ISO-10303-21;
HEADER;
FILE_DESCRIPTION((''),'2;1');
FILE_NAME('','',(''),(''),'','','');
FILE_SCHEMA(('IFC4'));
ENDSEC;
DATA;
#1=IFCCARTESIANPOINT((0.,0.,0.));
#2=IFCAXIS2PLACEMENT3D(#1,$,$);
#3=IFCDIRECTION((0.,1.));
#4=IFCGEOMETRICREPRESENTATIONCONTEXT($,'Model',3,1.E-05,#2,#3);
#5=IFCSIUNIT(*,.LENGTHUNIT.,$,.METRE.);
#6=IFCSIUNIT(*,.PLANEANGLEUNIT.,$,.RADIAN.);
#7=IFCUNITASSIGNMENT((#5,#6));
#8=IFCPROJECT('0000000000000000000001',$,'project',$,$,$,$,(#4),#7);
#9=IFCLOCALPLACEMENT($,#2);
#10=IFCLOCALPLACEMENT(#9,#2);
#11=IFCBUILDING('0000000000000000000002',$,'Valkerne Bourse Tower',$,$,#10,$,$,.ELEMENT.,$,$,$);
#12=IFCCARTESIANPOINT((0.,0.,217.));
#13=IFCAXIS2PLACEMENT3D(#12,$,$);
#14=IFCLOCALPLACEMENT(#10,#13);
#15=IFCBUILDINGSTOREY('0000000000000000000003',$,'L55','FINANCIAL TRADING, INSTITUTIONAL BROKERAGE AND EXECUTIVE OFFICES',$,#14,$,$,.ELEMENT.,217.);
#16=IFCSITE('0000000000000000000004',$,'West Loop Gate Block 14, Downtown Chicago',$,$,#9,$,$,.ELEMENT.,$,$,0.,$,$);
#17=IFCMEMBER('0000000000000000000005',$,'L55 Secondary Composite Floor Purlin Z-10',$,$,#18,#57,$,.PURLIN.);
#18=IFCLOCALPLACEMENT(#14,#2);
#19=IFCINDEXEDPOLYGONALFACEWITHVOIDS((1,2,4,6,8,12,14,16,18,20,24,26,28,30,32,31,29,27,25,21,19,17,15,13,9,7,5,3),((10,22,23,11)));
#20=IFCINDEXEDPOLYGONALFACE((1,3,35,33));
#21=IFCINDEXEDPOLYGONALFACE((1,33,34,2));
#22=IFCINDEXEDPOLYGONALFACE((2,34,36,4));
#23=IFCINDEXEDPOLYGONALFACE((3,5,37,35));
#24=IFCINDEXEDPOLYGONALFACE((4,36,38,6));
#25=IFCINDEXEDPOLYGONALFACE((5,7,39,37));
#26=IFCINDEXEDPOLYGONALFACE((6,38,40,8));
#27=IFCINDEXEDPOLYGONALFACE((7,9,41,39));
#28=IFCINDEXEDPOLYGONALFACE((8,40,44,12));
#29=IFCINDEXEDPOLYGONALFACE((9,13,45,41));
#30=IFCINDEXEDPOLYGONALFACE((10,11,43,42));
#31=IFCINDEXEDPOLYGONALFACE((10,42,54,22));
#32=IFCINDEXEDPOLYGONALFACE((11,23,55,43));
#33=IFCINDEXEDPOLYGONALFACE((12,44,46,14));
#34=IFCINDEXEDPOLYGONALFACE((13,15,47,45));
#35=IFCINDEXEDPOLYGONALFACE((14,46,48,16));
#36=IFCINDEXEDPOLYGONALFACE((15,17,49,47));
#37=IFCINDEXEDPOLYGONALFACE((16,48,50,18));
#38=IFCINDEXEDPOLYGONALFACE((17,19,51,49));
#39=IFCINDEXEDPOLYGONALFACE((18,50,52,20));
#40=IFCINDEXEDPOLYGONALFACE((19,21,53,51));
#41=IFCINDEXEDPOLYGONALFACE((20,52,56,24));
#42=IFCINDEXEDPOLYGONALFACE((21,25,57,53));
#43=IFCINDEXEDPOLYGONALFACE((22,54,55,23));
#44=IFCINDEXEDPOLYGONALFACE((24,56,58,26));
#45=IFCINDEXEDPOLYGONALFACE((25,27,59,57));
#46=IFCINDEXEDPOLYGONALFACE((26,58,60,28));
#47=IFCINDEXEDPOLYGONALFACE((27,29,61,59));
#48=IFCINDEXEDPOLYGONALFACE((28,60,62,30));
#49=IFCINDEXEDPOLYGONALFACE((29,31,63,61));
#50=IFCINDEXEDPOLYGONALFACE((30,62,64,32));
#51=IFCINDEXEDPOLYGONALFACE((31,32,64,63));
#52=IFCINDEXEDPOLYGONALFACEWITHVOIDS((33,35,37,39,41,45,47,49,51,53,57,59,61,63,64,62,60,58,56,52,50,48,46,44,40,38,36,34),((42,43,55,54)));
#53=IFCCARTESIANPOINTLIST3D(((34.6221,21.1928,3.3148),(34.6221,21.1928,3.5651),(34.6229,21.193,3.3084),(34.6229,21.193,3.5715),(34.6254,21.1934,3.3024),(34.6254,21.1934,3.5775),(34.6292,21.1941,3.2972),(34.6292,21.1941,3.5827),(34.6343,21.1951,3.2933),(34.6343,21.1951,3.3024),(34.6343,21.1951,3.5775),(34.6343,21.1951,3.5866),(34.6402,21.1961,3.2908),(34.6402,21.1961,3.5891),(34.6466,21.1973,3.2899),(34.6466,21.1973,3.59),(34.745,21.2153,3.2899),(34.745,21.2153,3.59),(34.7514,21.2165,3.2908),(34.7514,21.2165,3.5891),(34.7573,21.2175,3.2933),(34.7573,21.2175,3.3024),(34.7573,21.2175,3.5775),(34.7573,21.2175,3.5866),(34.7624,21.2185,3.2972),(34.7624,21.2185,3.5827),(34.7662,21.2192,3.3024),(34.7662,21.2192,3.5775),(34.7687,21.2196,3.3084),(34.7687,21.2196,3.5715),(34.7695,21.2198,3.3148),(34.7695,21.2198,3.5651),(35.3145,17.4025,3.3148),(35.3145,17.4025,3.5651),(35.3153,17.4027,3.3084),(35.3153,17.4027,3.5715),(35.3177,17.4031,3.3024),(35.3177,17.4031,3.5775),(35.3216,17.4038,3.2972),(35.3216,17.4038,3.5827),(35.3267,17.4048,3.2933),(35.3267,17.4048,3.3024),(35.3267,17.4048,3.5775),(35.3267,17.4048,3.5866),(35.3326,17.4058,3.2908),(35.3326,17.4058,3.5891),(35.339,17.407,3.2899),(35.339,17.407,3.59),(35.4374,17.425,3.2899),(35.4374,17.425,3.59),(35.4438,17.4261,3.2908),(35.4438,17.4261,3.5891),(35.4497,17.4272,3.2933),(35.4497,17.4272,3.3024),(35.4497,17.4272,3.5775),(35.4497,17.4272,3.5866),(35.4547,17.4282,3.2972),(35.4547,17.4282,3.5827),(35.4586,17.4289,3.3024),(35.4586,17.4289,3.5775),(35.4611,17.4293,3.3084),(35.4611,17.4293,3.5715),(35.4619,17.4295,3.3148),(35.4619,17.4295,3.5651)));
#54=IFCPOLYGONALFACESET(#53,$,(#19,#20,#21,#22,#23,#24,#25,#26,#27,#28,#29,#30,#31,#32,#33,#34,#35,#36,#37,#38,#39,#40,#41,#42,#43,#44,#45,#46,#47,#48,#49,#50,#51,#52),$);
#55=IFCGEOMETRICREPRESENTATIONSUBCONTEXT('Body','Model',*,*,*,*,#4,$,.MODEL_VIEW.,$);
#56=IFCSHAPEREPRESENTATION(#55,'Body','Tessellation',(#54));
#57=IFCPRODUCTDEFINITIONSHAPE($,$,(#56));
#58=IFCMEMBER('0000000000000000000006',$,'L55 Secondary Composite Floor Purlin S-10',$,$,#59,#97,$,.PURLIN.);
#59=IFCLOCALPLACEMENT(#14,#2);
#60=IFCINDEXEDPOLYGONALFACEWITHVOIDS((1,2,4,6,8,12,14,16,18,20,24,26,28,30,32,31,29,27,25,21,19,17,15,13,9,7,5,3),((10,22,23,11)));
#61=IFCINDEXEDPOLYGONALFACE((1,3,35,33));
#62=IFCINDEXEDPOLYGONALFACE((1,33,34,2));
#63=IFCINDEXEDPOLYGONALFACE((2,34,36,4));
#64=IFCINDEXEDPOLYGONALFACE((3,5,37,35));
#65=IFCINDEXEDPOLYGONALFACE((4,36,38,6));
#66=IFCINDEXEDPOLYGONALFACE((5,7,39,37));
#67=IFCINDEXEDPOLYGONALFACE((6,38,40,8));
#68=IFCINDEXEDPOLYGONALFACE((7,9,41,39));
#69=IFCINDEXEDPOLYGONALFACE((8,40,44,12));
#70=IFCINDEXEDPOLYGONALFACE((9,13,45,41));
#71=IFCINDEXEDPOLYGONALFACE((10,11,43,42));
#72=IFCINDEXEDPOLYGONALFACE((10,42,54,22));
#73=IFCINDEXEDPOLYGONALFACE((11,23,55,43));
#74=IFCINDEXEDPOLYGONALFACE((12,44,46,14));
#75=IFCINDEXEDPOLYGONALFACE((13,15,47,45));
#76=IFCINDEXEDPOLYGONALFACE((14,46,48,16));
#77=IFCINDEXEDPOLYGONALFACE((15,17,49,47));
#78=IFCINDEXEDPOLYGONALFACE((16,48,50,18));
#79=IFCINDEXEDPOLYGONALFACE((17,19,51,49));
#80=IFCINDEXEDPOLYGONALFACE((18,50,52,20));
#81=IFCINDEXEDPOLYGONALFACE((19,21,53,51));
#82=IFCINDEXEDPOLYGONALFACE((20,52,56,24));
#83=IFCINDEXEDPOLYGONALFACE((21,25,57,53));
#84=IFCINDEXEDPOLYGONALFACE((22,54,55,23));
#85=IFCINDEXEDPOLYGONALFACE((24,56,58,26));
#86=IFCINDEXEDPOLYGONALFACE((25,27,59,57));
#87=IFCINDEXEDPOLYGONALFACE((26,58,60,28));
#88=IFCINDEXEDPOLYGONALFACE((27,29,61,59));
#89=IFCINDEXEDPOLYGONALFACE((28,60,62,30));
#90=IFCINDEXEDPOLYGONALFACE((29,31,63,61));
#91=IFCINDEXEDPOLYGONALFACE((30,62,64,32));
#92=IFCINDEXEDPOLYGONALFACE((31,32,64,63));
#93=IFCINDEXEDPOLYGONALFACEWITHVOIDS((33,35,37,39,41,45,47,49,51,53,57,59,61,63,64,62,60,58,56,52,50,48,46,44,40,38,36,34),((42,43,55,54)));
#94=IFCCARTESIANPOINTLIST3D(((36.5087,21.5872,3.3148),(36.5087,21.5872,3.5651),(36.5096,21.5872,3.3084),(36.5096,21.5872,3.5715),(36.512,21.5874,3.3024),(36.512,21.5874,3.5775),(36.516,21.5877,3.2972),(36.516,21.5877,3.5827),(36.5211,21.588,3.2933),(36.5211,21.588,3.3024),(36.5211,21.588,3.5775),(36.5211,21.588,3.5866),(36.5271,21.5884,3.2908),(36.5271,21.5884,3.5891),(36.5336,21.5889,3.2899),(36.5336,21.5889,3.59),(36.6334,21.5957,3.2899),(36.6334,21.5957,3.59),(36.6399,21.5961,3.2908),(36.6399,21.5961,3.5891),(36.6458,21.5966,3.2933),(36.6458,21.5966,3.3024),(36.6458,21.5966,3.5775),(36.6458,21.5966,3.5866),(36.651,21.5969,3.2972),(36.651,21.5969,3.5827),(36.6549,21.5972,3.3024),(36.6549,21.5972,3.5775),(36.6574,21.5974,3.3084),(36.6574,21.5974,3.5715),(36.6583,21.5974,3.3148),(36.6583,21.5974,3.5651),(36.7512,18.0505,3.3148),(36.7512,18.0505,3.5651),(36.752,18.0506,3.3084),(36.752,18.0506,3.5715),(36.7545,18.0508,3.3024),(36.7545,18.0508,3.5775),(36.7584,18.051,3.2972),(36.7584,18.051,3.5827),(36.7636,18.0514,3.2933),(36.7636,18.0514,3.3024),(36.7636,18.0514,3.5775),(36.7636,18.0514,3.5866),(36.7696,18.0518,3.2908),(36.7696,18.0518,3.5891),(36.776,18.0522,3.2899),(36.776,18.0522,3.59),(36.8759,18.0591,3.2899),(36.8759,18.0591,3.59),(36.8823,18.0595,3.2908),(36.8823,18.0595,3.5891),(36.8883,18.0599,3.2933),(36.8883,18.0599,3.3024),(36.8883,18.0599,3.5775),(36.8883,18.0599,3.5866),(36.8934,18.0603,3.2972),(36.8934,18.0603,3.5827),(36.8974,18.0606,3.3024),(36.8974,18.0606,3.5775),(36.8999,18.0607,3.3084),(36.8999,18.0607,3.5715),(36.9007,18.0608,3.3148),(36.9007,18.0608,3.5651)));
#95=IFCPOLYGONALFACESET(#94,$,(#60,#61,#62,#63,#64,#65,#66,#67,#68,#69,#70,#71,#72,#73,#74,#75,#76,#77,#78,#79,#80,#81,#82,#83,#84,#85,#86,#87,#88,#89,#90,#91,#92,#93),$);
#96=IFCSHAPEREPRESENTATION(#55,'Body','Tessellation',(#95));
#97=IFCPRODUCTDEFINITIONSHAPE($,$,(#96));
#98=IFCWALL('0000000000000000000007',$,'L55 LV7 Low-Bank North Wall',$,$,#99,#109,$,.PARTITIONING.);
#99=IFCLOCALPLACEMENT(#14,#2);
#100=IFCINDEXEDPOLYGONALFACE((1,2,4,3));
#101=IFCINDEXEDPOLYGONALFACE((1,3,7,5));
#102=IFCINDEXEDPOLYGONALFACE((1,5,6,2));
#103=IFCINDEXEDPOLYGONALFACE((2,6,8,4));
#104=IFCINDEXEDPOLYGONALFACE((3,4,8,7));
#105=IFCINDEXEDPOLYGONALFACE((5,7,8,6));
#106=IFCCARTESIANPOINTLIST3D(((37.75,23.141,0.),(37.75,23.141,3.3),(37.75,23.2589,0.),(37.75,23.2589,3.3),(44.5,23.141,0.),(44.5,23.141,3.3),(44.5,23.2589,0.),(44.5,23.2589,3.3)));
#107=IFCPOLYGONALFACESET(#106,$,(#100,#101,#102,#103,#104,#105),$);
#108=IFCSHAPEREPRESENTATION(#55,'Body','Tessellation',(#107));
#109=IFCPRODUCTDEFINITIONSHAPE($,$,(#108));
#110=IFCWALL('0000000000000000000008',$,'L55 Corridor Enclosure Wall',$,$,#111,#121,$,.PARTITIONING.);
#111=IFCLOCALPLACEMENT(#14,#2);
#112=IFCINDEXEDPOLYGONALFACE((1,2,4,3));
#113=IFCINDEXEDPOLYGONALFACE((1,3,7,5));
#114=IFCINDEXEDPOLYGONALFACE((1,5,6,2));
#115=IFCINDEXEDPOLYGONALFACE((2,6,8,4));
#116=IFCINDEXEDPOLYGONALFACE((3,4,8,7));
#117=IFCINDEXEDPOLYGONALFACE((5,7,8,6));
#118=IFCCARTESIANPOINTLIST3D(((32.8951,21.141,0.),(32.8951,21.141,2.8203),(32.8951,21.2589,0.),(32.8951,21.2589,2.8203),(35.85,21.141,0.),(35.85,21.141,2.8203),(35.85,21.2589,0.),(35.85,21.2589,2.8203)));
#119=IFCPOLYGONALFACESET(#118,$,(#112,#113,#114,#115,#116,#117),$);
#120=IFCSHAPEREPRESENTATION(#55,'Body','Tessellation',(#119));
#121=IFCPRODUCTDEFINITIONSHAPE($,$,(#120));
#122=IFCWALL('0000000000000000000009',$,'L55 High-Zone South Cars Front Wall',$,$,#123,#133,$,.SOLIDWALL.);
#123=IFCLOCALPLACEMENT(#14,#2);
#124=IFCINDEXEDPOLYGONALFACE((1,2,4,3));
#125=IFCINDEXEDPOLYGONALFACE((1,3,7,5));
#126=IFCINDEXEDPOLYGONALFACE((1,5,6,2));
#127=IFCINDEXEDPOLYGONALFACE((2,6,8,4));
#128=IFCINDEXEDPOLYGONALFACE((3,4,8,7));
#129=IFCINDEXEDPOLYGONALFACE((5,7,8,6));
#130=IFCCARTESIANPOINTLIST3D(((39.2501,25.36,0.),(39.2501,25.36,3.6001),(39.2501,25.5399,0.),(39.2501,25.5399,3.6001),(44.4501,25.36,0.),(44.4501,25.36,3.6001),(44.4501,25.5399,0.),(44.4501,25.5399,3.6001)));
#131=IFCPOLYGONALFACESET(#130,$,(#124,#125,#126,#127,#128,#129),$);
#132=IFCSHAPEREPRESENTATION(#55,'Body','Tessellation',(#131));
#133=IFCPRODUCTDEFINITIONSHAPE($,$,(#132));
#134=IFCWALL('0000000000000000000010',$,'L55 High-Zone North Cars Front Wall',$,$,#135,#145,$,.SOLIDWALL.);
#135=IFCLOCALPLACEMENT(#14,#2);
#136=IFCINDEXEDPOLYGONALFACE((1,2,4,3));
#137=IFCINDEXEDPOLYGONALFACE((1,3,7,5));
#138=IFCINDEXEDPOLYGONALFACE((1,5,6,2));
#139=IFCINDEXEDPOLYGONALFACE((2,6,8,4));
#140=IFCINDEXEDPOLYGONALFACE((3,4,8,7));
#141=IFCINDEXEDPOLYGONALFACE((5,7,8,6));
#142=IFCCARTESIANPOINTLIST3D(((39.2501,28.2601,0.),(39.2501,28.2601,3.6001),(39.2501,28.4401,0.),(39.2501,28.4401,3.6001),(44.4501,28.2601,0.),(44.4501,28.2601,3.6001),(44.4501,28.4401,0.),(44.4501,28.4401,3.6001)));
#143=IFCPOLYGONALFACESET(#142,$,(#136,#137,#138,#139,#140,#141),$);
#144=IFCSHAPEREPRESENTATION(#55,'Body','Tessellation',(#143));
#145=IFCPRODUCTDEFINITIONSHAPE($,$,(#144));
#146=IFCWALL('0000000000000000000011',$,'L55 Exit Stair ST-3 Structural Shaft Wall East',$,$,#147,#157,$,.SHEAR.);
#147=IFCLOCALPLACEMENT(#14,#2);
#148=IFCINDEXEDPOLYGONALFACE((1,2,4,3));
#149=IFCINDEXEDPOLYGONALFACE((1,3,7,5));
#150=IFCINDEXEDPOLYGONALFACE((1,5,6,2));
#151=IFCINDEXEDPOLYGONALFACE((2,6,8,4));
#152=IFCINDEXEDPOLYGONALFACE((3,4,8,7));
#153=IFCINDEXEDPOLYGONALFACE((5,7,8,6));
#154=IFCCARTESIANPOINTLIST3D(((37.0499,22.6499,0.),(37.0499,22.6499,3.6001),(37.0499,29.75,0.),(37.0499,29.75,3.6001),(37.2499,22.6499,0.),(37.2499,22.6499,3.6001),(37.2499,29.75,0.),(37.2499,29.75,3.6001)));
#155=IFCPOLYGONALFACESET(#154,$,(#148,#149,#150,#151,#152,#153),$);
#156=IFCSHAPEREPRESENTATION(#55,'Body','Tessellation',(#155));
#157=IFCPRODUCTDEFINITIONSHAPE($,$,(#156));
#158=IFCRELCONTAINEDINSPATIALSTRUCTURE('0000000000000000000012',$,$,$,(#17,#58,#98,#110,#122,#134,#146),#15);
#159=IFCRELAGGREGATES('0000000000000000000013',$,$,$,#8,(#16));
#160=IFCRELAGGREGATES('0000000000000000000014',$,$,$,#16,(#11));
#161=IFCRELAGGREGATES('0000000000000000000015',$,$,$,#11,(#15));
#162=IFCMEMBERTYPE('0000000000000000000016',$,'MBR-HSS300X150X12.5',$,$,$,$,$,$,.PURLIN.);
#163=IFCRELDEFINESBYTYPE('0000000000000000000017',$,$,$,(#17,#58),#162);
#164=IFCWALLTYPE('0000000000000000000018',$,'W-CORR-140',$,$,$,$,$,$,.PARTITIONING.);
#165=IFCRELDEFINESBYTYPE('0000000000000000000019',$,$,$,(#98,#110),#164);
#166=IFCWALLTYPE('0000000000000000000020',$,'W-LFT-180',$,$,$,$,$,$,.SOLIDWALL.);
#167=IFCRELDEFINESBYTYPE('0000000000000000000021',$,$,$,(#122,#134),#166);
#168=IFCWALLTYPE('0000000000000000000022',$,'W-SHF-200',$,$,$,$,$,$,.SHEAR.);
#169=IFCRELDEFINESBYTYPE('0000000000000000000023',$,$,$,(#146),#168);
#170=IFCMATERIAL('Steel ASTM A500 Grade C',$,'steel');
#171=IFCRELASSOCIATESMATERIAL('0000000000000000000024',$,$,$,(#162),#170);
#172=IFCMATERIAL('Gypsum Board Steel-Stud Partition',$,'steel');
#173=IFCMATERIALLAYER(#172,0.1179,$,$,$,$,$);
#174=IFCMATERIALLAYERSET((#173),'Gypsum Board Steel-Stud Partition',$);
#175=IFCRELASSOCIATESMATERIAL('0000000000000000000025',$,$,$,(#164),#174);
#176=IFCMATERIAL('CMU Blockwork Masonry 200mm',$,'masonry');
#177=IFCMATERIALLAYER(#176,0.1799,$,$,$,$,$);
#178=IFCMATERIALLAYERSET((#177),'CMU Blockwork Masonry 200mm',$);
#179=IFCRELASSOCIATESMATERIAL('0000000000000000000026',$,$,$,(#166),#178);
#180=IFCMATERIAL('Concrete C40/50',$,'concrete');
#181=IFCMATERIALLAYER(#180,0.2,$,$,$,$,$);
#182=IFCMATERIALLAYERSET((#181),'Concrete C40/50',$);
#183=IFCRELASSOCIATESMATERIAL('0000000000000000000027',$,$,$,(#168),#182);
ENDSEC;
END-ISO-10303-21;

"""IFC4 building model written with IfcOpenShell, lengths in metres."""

from ifc_helpers import new_model, si_unit, direction, frame, frame_2d, origin, origin_2d, place, context, subcontext, project, spatial, rectangle, hollow_rectangle, extrude, material, layer, layer_set, material_profile, profile_set, type_object, element, save


model = new_model("IFC4")

# Units and contexts
model_context = context("Model", 3, precision=1e-05, world=origin(), true_north=direction((0.0, 1.0)))
body_context = subcontext(model_context, "Body", "Model", "MODEL_VIEW")
ifc_project = project(units=[si_unit("LENGTHUNIT", "METRE"), si_unit("PLANEANGLEUNIT", "RADIAN")], contexts=[model_context])

# Site, building, storey
site_placement = place(None, origin())
site = spatial("IfcSite", under=ifc_project, at=site_placement, Name="West Loop Gate Block 14, Downtown Chicago", CompositionType="ELEMENT", RefElevation=0.0)
building_placement = place(site_placement, origin())
building = spatial("IfcBuilding", under=site, at=building_placement, Name="Valkerne Bourse Tower", CompositionType="ELEMENT")
storey_placement = place(building_placement, frame((0.0, 0.0, 217.0)))
storey = spatial("IfcBuildingStorey", under=building, at=storey_placement, Name="L55", Description="FINANCIAL TRADING, INSTITUTIONAL BROKERAGE AND EXECUTIVE OFFICES", CompositionType="ELEMENT", Elevation=217.0)

# Members
ifc_material_1 = material(Name="Steel ASTM A500 Grade C", Category="steel")
ifc_material_profile_1 = material_profile(ifc_material_1, hollow_rectangle(XDim=0.1499, YDim=0.3, WallThickness=0.0125, OuterFilletRadius=0.0249, at=origin_2d()), Name="HSS300X150X12.5")
ifc_profile_set_1 = profile_set([ifc_material_profile_1], Name="Steel ASTM A500 Grade C")
member_type = type_object("IfcMemberType", Name="MBR-HSS300X150X12.5", PredefinedType="PURLIN", material=ifc_profile_set_1)
member_1_placement = place(storey_placement, frame((34.6958, 21.2063, 3.4399), z_axis=(0.179699, -0.983722, 0.0), x_axis=(0.983722, 0.179699, 0.0)))
element("IfcMember", 1, at=member_1_placement, inside=storey, type_object=member_type, Name="L55 Secondary Composite Floor Purlin Z-10", PredefinedType="PURLIN", context=body_context, shape_type="SweptSolid", body=[
    extrude(hollow_rectangle(XDim=0.1499, YDim=0.3, WallThickness=0.0125, OuterFilletRadius=0.0249, at=origin_2d()), origin(), (0.0, 0.0, 1.0), 3.853),
])
member_2_placement = place(storey_placement, frame((36.5835, 21.5923, 3.4399), z_axis=(0.068388, -0.997659, 0.0), x_axis=(0.997659, 0.068388, 0.0)))
element("IfcMember", 2, at=member_2_placement, inside=storey, type_object=member_type, Name="L55 Secondary Composite Floor Purlin S-10", PredefinedType="PURLIN", context=body_context, shape_type="SweptSolid", body=[
    extrude(hollow_rectangle(XDim=0.1499, YDim=0.3, WallThickness=0.0125, OuterFilletRadius=0.0249, at=origin_2d()), origin(), (0.0, 0.0, 1.0), 3.5449),
])

# Walls
ifc_material_2 = material(Name="Gypsum Board Steel-Stud Partition", Category="steel")
ifc_layer_1 = layer(ifc_material_2, 0.1179)
ifc_layer_set_1 = layer_set([ifc_layer_1], Name="Gypsum Board Steel-Stud Partition")
wall_type_1 = type_object("IfcWallType", Name="W-CORR-140", PredefinedType="PARTITIONING", material=ifc_layer_set_1)
wall_1_placement = place(storey_placement, frame((37.75, 23.2, 0.0), z_axis=(0.0, 0.0, 1.0), x_axis=(1.0, 0.0, 0.0)))
element("IfcWall", 3, at=wall_1_placement, inside=storey, type_object=wall_type_1, Name="L55 LV7 Low-Bank North Wall", PredefinedType="PARTITIONING", context=body_context, shape_type="SweptSolid", body=[
    extrude(rectangle(XDim=6.75, YDim=0.1179, at=frame_2d((3.375, 0.0))), origin(), (0.0, 0.0, 1.0), 3.3),
])
wall_2_placement = place(storey_placement, frame((35.8501, 21.2, 0.0), z_axis=(0.0, 0.0, 1.0), x_axis=(-1.0, 0.0, 0.0)))
element("IfcWall", 4, at=wall_2_placement, inside=storey, type_object=wall_type_1, Name="L55 Corridor Enclosure Wall", PredefinedType="PARTITIONING", context=body_context, shape_type="SweptSolid", body=[
    extrude(rectangle(XDim=2.9548, YDim=0.1179, at=frame_2d((1.4775, 0.0))), origin(), (0.0, 0.0, 1.0), 2.8203),
])
ifc_material_3 = material(Name="CMU Blockwork Masonry 200mm", Category="masonry")
ifc_layer_2 = layer(ifc_material_3, 0.1799)
ifc_layer_set_2 = layer_set([ifc_layer_2], Name="CMU Blockwork Masonry 200mm")
wall_type_2 = type_object("IfcWallType", Name="W-LFT-180", PredefinedType="SOLIDWALL", material=ifc_layer_set_2)
for number, where, z_axis, x_axis, name in (
    (5, (39.25, 25.45, 0.0), (0.0, 0.0, 1.0), (1.0, 0.0, 0.0), "L55 High-Zone South Cars Front Wall"),
    (6, (39.25, 28.3501, 0.0), (0.0, 0.0, 1.0), (1.0, 0.0, 0.0), "L55 High-Zone North Cars Front Wall"),
):
    element("IfcWall", number, at=place(storey_placement, frame(where, z_axis=z_axis, x_axis=x_axis)), inside=storey, type_object=wall_type_2, Name=name, PredefinedType="SOLIDWALL", context=body_context, shape_type="SweptSolid", body=[
        extrude(rectangle(XDim=5.2, YDim=0.1799, at=frame_2d((2.6001, 0.0))), origin(), (0.0, 0.0, 1.0), 3.6001),
    ])
ifc_material_4 = material(Name="Concrete C40/50", Category="concrete")
ifc_layer_3 = layer(ifc_material_4, 0.2)
ifc_layer_set_3 = layer_set([ifc_layer_3], Name="Concrete C40/50")
wall_type_3 = type_object("IfcWallType", Name="W-SHF-200", PredefinedType="SHEAR", material=ifc_layer_set_3)
wall_3_placement = place(storey_placement, frame((37.1499, 22.6499, 0.0), z_axis=(0.0, 0.0, 1.0), x_axis=(0.0, 1.0, 0.0)))
element("IfcWall", 7, at=wall_3_placement, inside=storey, type_object=wall_type_3, Name="L55 Exit Stair ST-3 Structural Shaft Wall East", PredefinedType="SHEAR", context=body_context, shape_type="SweptSolid", body=[
    extrude(rectangle(XDim=7.1001, YDim=0.2, at=frame_2d((3.55, 0.0))), origin(), (0.0, 0.0, 1.0), 3.6001),
])

save(model, "model.ifc")
